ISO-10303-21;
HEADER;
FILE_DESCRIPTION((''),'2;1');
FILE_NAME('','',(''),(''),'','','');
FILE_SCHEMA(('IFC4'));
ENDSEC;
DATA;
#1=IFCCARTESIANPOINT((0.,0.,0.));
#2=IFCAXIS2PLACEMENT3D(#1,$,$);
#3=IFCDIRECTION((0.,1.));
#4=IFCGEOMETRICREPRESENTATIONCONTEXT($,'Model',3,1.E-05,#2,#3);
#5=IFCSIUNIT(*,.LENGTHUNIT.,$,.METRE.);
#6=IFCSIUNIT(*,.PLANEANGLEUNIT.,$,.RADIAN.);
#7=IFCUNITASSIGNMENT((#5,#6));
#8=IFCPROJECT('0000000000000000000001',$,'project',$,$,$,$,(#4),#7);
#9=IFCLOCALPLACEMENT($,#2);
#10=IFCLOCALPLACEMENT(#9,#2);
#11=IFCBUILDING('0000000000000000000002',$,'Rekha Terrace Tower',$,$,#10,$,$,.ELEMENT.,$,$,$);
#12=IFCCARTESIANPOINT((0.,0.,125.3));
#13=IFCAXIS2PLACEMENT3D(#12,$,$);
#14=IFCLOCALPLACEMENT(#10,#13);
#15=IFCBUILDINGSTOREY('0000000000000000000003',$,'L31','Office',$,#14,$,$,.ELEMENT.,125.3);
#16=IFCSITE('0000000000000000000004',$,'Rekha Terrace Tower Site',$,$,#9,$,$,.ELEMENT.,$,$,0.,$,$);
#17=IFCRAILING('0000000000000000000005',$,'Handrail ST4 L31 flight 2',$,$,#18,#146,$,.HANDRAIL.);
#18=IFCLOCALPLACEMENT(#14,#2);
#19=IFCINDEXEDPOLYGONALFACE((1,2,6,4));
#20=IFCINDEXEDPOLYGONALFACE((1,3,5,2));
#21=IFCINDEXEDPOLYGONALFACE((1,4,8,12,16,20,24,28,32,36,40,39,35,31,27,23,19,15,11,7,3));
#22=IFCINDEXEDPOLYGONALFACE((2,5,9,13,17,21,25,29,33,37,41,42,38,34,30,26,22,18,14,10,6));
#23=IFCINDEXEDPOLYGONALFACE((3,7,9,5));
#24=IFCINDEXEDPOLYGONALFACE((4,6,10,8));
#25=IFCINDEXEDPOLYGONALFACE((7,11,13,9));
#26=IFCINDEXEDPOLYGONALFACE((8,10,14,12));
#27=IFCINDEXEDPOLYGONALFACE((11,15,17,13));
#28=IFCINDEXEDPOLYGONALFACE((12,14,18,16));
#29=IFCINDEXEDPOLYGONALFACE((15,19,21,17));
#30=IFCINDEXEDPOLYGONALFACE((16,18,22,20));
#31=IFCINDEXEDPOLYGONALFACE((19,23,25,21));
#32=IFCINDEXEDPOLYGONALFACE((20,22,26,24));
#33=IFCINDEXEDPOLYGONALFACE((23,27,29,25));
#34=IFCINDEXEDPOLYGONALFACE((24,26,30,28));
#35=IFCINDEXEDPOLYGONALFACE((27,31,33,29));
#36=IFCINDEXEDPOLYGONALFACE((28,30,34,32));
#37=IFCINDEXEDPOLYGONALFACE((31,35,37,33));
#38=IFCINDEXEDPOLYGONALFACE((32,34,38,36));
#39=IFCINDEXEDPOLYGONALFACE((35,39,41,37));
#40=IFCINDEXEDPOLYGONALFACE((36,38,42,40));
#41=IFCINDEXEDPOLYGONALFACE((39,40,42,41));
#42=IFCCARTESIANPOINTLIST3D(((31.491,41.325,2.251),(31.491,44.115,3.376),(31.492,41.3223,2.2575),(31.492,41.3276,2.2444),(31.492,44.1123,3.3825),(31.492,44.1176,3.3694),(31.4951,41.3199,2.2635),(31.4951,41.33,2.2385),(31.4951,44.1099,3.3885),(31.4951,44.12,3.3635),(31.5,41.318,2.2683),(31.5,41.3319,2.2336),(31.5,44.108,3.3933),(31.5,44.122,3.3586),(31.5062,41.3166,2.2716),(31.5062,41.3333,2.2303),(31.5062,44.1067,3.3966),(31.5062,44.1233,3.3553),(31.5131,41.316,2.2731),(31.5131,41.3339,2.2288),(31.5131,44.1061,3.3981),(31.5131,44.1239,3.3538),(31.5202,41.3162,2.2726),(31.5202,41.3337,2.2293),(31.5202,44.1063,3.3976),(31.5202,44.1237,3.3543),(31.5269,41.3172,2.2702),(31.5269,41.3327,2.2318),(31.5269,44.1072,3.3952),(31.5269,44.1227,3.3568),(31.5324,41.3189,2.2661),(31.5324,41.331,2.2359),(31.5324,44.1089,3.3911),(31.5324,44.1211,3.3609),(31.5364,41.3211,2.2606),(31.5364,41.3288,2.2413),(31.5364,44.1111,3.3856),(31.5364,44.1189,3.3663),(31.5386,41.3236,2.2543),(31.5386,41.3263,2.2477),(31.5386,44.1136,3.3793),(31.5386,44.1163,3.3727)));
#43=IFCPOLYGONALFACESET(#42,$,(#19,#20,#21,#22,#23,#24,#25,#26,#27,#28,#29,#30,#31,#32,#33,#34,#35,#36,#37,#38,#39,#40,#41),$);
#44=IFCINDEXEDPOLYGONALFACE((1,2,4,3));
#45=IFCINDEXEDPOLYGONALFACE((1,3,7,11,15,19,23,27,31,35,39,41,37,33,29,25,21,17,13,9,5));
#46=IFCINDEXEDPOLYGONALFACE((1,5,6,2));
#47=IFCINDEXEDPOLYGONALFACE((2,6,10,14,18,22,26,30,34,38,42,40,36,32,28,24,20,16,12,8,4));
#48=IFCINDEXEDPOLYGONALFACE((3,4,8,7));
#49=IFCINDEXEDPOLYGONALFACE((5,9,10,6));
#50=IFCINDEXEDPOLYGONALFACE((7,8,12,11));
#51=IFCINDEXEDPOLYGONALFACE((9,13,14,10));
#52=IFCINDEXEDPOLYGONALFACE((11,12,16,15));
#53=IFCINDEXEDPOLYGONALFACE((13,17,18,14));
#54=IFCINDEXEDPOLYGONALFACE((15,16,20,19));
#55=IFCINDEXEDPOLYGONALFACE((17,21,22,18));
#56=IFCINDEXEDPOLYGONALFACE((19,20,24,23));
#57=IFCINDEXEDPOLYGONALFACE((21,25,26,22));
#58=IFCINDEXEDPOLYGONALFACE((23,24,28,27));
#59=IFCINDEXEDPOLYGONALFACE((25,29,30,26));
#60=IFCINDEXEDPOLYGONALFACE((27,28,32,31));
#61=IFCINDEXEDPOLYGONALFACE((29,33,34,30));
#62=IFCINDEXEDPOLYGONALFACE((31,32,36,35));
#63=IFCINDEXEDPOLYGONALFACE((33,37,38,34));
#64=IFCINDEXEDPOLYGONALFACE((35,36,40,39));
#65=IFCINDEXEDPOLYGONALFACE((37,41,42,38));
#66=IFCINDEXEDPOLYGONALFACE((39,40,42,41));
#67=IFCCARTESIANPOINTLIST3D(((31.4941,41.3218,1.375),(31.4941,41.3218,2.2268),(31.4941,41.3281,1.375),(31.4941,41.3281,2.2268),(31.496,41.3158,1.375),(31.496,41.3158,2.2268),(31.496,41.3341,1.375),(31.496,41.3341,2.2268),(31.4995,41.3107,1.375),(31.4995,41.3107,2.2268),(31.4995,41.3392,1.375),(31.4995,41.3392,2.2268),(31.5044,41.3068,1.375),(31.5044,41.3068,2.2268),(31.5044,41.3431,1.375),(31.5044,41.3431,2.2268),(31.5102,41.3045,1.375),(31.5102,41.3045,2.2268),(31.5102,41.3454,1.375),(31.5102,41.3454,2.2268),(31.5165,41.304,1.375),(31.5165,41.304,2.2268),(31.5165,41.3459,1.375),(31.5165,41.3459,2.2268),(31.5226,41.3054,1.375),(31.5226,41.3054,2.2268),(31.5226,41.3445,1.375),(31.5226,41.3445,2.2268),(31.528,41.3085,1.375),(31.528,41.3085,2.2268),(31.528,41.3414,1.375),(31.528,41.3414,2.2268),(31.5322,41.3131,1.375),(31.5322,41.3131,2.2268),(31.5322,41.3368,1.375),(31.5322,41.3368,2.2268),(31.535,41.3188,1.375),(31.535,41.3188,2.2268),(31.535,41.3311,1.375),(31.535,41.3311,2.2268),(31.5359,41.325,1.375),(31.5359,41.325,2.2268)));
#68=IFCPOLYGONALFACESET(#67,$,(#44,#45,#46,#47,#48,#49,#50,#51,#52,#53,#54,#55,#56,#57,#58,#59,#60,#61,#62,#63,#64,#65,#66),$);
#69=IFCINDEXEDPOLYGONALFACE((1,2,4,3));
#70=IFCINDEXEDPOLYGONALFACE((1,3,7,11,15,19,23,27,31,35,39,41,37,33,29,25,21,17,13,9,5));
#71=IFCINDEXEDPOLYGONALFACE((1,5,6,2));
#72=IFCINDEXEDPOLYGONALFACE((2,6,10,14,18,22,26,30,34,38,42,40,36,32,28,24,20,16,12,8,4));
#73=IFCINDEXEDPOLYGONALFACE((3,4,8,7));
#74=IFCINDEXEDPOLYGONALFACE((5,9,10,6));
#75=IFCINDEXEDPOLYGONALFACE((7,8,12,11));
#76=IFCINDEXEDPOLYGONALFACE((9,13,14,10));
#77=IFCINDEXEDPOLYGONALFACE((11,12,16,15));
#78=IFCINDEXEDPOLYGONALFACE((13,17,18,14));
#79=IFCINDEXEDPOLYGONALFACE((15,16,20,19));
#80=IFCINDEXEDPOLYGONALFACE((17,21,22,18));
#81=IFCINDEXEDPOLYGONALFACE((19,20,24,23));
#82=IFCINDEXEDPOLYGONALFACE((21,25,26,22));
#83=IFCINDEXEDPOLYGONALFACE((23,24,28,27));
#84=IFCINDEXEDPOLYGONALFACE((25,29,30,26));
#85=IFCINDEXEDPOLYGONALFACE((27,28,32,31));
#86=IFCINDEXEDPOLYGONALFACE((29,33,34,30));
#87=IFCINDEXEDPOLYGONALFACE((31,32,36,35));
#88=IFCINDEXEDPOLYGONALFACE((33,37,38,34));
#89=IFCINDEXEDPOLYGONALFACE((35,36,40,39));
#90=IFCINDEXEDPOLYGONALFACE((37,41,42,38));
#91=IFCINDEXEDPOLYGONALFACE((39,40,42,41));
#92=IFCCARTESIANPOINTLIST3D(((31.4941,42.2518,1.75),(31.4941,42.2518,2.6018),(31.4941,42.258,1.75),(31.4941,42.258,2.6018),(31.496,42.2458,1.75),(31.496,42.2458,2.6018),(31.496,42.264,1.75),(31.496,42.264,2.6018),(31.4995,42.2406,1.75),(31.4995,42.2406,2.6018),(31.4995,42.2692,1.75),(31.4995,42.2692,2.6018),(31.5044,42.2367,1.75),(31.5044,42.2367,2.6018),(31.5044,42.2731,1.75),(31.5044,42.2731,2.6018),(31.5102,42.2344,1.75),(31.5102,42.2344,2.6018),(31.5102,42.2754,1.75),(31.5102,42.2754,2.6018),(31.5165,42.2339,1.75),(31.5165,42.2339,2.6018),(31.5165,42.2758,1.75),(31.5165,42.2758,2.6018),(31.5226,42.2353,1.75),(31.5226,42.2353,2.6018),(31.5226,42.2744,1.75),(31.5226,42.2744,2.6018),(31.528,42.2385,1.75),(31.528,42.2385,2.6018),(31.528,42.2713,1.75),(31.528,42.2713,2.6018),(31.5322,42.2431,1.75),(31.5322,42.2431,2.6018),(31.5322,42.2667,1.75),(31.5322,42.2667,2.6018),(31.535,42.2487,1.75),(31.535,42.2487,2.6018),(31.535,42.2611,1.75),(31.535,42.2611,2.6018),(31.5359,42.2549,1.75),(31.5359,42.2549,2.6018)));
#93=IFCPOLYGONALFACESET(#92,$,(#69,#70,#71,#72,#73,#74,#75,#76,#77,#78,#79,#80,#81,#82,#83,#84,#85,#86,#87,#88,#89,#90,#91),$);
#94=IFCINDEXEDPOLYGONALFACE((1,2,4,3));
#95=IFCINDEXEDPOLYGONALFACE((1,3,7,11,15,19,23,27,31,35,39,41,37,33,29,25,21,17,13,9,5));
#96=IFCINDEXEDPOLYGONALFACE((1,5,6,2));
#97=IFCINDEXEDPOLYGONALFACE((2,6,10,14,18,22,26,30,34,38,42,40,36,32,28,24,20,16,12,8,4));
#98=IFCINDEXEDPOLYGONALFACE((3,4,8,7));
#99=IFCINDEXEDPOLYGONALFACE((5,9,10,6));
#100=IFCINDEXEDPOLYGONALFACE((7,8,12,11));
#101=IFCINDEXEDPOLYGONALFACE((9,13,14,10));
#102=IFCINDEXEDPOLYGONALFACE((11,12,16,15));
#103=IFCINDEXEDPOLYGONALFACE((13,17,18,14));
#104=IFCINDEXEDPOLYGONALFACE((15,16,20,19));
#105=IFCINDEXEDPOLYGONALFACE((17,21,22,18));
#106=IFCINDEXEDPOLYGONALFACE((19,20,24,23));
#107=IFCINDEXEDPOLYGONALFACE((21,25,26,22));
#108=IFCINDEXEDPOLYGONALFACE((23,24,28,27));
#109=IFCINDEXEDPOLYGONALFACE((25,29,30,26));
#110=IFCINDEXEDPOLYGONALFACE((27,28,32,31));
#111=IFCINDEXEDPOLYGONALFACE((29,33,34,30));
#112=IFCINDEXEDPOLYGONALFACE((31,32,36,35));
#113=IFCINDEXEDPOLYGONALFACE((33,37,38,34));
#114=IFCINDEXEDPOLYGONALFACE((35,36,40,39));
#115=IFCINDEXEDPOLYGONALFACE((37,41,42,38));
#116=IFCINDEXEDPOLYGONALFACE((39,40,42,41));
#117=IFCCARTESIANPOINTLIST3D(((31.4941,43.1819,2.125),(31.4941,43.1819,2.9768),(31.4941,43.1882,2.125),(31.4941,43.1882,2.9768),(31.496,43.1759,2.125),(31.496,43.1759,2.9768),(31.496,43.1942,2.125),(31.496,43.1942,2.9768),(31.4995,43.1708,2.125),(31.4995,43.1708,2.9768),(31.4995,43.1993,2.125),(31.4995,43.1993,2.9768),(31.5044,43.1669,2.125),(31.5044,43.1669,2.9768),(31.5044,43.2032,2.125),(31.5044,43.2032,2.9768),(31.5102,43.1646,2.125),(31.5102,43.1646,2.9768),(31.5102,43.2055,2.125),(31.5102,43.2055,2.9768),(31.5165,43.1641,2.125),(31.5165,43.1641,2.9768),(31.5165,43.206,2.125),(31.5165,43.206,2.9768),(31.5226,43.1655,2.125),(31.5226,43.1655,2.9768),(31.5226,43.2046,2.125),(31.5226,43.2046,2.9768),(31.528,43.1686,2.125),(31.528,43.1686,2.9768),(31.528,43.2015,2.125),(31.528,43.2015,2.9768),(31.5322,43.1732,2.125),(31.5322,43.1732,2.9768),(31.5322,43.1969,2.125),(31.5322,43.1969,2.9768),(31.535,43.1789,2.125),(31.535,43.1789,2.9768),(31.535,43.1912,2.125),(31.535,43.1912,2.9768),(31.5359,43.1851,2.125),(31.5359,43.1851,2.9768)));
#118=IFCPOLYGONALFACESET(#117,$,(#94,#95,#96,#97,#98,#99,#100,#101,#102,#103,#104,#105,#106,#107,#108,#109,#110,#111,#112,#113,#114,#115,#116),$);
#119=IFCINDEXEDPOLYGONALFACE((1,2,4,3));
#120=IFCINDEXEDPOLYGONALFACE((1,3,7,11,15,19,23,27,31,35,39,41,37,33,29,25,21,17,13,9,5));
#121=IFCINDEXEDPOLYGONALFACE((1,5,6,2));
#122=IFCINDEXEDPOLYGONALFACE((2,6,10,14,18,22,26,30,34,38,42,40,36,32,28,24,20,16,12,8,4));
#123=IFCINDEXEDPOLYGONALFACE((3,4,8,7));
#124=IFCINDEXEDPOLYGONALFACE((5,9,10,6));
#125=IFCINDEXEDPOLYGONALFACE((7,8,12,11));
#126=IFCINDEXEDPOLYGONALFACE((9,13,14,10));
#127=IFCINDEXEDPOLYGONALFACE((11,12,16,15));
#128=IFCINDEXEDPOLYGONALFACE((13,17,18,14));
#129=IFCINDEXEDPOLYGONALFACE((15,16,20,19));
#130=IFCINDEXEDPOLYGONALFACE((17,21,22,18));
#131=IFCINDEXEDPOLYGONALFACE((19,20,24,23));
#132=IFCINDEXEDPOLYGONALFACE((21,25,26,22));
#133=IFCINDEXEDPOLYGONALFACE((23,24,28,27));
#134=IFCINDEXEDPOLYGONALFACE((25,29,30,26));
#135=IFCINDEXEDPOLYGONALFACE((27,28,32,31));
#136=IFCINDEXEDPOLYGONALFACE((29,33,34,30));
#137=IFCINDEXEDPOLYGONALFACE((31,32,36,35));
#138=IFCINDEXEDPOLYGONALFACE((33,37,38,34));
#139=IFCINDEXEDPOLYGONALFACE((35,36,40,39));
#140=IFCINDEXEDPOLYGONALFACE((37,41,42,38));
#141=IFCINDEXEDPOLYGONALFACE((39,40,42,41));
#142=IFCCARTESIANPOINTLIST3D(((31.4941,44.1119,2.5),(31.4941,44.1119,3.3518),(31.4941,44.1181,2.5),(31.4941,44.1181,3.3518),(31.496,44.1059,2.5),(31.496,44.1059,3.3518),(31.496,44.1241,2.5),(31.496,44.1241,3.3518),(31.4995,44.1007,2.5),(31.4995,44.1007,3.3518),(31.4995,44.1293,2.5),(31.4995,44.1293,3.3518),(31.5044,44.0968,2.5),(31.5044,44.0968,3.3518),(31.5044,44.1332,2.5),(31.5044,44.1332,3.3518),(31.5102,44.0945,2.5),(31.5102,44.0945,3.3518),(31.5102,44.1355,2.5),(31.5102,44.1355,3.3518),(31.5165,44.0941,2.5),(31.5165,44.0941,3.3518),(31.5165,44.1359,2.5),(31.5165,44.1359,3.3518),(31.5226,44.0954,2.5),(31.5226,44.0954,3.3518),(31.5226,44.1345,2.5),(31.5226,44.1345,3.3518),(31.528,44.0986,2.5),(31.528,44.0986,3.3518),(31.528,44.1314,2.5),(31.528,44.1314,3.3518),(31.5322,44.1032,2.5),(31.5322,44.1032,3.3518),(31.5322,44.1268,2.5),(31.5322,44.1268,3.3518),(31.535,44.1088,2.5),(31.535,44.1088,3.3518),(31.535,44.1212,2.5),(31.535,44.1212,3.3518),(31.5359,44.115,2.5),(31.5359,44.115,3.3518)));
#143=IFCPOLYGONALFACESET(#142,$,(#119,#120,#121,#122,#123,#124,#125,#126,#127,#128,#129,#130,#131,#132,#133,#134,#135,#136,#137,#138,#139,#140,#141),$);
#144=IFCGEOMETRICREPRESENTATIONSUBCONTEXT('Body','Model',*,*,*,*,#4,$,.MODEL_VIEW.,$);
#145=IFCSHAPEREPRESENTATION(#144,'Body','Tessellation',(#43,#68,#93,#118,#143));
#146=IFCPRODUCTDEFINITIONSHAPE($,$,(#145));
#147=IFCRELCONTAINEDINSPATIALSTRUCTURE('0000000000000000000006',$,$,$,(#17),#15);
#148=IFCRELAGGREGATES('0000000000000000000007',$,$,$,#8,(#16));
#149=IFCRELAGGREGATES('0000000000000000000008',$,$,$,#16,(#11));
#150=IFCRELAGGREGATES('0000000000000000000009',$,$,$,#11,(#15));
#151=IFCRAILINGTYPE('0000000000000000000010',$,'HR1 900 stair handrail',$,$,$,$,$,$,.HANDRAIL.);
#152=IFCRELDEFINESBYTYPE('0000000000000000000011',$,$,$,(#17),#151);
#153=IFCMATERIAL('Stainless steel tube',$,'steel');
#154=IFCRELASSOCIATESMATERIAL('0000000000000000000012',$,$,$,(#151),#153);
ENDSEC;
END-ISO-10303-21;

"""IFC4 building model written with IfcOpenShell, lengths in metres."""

from ifc_helpers import new_model, si_unit, direction, frame, origin, origin_2d, place, context, subcontext, project, spatial, circle, extrude, material, type_object, element, save


model = new_model("IFC4")

# Units and contexts
model_context = context("Model", 3, precision=1e-05, world=origin(), true_north=direction((0.0, 1.0)))
body_context = subcontext(model_context, "Body", "Model", "MODEL_VIEW")
ifc_project = project(units=[si_unit("LENGTHUNIT", "METRE"), si_unit("PLANEANGLEUNIT", "RADIAN")], contexts=[model_context])

# Site, building, storey
site_placement = place(None, origin())
site = spatial("IfcSite", under=ifc_project, at=site_placement, Name="Rekha Terrace Tower Site", CompositionType="ELEMENT", RefElevation=0.0)
building_placement = place(site_placement, origin())
building = spatial("IfcBuilding", under=site, at=building_placement, Name="Rekha Terrace Tower", CompositionType="ELEMENT")
storey_placement = place(building_placement, frame((0.0, 0.0, 125.3)))
storey = spatial("IfcBuildingStorey", under=building, at=storey_placement, Name="L31", Description="Office", CompositionType="ELEMENT", Elevation=125.3)

# Railing
ifc_material_1 = material(Name="Stainless steel tube", Category="steel")
railing_type_1 = type_object("IfcRailingType", Name="HR1 900 stair handrail", PredefinedType="HANDRAIL", material=ifc_material_1)
railing_1_placement = place(storey_placement, frame((31.5149, 41.325, 1.375)))
element("IfcRailing", 1, at=railing_1_placement, inside=storey, type_object=railing_type_1, Name="Handrail ST4 L31 flight 2", PredefinedType="HANDRAIL", context=body_context, shape_type="SweptSolid", body=[
    extrude(circle(Radius=0.0239, at=origin_2d()), frame((0.0, 0.0, 0.876), z_axis=(0.0, 0.927443, 0.373964), x_axis=(-1.0, 0.0, 0.0)), (0.0, 0.0, 1.0), 3.0083),
    extrude(circle(Radius=0.021, at=origin_2d()), origin(), (0.0, 0.0, 1.0), 0.8518),
    extrude(circle(Radius=0.021, at=origin_2d()), frame((0.0, 0.9299, 0.375)), (0.0, 0.0, 1.0), 0.8518),
    extrude(circle(Radius=0.021, at=origin_2d()), frame((0.0, 1.8601, 0.75)), (0.0, 0.0, 1.0), 0.8518),
    extrude(circle(Radius=0.021, at=origin_2d()), frame((0.0, 2.79, 1.125)), (0.0, 0.0, 1.0), 0.8518),
])

save(model, "model.ifc")
